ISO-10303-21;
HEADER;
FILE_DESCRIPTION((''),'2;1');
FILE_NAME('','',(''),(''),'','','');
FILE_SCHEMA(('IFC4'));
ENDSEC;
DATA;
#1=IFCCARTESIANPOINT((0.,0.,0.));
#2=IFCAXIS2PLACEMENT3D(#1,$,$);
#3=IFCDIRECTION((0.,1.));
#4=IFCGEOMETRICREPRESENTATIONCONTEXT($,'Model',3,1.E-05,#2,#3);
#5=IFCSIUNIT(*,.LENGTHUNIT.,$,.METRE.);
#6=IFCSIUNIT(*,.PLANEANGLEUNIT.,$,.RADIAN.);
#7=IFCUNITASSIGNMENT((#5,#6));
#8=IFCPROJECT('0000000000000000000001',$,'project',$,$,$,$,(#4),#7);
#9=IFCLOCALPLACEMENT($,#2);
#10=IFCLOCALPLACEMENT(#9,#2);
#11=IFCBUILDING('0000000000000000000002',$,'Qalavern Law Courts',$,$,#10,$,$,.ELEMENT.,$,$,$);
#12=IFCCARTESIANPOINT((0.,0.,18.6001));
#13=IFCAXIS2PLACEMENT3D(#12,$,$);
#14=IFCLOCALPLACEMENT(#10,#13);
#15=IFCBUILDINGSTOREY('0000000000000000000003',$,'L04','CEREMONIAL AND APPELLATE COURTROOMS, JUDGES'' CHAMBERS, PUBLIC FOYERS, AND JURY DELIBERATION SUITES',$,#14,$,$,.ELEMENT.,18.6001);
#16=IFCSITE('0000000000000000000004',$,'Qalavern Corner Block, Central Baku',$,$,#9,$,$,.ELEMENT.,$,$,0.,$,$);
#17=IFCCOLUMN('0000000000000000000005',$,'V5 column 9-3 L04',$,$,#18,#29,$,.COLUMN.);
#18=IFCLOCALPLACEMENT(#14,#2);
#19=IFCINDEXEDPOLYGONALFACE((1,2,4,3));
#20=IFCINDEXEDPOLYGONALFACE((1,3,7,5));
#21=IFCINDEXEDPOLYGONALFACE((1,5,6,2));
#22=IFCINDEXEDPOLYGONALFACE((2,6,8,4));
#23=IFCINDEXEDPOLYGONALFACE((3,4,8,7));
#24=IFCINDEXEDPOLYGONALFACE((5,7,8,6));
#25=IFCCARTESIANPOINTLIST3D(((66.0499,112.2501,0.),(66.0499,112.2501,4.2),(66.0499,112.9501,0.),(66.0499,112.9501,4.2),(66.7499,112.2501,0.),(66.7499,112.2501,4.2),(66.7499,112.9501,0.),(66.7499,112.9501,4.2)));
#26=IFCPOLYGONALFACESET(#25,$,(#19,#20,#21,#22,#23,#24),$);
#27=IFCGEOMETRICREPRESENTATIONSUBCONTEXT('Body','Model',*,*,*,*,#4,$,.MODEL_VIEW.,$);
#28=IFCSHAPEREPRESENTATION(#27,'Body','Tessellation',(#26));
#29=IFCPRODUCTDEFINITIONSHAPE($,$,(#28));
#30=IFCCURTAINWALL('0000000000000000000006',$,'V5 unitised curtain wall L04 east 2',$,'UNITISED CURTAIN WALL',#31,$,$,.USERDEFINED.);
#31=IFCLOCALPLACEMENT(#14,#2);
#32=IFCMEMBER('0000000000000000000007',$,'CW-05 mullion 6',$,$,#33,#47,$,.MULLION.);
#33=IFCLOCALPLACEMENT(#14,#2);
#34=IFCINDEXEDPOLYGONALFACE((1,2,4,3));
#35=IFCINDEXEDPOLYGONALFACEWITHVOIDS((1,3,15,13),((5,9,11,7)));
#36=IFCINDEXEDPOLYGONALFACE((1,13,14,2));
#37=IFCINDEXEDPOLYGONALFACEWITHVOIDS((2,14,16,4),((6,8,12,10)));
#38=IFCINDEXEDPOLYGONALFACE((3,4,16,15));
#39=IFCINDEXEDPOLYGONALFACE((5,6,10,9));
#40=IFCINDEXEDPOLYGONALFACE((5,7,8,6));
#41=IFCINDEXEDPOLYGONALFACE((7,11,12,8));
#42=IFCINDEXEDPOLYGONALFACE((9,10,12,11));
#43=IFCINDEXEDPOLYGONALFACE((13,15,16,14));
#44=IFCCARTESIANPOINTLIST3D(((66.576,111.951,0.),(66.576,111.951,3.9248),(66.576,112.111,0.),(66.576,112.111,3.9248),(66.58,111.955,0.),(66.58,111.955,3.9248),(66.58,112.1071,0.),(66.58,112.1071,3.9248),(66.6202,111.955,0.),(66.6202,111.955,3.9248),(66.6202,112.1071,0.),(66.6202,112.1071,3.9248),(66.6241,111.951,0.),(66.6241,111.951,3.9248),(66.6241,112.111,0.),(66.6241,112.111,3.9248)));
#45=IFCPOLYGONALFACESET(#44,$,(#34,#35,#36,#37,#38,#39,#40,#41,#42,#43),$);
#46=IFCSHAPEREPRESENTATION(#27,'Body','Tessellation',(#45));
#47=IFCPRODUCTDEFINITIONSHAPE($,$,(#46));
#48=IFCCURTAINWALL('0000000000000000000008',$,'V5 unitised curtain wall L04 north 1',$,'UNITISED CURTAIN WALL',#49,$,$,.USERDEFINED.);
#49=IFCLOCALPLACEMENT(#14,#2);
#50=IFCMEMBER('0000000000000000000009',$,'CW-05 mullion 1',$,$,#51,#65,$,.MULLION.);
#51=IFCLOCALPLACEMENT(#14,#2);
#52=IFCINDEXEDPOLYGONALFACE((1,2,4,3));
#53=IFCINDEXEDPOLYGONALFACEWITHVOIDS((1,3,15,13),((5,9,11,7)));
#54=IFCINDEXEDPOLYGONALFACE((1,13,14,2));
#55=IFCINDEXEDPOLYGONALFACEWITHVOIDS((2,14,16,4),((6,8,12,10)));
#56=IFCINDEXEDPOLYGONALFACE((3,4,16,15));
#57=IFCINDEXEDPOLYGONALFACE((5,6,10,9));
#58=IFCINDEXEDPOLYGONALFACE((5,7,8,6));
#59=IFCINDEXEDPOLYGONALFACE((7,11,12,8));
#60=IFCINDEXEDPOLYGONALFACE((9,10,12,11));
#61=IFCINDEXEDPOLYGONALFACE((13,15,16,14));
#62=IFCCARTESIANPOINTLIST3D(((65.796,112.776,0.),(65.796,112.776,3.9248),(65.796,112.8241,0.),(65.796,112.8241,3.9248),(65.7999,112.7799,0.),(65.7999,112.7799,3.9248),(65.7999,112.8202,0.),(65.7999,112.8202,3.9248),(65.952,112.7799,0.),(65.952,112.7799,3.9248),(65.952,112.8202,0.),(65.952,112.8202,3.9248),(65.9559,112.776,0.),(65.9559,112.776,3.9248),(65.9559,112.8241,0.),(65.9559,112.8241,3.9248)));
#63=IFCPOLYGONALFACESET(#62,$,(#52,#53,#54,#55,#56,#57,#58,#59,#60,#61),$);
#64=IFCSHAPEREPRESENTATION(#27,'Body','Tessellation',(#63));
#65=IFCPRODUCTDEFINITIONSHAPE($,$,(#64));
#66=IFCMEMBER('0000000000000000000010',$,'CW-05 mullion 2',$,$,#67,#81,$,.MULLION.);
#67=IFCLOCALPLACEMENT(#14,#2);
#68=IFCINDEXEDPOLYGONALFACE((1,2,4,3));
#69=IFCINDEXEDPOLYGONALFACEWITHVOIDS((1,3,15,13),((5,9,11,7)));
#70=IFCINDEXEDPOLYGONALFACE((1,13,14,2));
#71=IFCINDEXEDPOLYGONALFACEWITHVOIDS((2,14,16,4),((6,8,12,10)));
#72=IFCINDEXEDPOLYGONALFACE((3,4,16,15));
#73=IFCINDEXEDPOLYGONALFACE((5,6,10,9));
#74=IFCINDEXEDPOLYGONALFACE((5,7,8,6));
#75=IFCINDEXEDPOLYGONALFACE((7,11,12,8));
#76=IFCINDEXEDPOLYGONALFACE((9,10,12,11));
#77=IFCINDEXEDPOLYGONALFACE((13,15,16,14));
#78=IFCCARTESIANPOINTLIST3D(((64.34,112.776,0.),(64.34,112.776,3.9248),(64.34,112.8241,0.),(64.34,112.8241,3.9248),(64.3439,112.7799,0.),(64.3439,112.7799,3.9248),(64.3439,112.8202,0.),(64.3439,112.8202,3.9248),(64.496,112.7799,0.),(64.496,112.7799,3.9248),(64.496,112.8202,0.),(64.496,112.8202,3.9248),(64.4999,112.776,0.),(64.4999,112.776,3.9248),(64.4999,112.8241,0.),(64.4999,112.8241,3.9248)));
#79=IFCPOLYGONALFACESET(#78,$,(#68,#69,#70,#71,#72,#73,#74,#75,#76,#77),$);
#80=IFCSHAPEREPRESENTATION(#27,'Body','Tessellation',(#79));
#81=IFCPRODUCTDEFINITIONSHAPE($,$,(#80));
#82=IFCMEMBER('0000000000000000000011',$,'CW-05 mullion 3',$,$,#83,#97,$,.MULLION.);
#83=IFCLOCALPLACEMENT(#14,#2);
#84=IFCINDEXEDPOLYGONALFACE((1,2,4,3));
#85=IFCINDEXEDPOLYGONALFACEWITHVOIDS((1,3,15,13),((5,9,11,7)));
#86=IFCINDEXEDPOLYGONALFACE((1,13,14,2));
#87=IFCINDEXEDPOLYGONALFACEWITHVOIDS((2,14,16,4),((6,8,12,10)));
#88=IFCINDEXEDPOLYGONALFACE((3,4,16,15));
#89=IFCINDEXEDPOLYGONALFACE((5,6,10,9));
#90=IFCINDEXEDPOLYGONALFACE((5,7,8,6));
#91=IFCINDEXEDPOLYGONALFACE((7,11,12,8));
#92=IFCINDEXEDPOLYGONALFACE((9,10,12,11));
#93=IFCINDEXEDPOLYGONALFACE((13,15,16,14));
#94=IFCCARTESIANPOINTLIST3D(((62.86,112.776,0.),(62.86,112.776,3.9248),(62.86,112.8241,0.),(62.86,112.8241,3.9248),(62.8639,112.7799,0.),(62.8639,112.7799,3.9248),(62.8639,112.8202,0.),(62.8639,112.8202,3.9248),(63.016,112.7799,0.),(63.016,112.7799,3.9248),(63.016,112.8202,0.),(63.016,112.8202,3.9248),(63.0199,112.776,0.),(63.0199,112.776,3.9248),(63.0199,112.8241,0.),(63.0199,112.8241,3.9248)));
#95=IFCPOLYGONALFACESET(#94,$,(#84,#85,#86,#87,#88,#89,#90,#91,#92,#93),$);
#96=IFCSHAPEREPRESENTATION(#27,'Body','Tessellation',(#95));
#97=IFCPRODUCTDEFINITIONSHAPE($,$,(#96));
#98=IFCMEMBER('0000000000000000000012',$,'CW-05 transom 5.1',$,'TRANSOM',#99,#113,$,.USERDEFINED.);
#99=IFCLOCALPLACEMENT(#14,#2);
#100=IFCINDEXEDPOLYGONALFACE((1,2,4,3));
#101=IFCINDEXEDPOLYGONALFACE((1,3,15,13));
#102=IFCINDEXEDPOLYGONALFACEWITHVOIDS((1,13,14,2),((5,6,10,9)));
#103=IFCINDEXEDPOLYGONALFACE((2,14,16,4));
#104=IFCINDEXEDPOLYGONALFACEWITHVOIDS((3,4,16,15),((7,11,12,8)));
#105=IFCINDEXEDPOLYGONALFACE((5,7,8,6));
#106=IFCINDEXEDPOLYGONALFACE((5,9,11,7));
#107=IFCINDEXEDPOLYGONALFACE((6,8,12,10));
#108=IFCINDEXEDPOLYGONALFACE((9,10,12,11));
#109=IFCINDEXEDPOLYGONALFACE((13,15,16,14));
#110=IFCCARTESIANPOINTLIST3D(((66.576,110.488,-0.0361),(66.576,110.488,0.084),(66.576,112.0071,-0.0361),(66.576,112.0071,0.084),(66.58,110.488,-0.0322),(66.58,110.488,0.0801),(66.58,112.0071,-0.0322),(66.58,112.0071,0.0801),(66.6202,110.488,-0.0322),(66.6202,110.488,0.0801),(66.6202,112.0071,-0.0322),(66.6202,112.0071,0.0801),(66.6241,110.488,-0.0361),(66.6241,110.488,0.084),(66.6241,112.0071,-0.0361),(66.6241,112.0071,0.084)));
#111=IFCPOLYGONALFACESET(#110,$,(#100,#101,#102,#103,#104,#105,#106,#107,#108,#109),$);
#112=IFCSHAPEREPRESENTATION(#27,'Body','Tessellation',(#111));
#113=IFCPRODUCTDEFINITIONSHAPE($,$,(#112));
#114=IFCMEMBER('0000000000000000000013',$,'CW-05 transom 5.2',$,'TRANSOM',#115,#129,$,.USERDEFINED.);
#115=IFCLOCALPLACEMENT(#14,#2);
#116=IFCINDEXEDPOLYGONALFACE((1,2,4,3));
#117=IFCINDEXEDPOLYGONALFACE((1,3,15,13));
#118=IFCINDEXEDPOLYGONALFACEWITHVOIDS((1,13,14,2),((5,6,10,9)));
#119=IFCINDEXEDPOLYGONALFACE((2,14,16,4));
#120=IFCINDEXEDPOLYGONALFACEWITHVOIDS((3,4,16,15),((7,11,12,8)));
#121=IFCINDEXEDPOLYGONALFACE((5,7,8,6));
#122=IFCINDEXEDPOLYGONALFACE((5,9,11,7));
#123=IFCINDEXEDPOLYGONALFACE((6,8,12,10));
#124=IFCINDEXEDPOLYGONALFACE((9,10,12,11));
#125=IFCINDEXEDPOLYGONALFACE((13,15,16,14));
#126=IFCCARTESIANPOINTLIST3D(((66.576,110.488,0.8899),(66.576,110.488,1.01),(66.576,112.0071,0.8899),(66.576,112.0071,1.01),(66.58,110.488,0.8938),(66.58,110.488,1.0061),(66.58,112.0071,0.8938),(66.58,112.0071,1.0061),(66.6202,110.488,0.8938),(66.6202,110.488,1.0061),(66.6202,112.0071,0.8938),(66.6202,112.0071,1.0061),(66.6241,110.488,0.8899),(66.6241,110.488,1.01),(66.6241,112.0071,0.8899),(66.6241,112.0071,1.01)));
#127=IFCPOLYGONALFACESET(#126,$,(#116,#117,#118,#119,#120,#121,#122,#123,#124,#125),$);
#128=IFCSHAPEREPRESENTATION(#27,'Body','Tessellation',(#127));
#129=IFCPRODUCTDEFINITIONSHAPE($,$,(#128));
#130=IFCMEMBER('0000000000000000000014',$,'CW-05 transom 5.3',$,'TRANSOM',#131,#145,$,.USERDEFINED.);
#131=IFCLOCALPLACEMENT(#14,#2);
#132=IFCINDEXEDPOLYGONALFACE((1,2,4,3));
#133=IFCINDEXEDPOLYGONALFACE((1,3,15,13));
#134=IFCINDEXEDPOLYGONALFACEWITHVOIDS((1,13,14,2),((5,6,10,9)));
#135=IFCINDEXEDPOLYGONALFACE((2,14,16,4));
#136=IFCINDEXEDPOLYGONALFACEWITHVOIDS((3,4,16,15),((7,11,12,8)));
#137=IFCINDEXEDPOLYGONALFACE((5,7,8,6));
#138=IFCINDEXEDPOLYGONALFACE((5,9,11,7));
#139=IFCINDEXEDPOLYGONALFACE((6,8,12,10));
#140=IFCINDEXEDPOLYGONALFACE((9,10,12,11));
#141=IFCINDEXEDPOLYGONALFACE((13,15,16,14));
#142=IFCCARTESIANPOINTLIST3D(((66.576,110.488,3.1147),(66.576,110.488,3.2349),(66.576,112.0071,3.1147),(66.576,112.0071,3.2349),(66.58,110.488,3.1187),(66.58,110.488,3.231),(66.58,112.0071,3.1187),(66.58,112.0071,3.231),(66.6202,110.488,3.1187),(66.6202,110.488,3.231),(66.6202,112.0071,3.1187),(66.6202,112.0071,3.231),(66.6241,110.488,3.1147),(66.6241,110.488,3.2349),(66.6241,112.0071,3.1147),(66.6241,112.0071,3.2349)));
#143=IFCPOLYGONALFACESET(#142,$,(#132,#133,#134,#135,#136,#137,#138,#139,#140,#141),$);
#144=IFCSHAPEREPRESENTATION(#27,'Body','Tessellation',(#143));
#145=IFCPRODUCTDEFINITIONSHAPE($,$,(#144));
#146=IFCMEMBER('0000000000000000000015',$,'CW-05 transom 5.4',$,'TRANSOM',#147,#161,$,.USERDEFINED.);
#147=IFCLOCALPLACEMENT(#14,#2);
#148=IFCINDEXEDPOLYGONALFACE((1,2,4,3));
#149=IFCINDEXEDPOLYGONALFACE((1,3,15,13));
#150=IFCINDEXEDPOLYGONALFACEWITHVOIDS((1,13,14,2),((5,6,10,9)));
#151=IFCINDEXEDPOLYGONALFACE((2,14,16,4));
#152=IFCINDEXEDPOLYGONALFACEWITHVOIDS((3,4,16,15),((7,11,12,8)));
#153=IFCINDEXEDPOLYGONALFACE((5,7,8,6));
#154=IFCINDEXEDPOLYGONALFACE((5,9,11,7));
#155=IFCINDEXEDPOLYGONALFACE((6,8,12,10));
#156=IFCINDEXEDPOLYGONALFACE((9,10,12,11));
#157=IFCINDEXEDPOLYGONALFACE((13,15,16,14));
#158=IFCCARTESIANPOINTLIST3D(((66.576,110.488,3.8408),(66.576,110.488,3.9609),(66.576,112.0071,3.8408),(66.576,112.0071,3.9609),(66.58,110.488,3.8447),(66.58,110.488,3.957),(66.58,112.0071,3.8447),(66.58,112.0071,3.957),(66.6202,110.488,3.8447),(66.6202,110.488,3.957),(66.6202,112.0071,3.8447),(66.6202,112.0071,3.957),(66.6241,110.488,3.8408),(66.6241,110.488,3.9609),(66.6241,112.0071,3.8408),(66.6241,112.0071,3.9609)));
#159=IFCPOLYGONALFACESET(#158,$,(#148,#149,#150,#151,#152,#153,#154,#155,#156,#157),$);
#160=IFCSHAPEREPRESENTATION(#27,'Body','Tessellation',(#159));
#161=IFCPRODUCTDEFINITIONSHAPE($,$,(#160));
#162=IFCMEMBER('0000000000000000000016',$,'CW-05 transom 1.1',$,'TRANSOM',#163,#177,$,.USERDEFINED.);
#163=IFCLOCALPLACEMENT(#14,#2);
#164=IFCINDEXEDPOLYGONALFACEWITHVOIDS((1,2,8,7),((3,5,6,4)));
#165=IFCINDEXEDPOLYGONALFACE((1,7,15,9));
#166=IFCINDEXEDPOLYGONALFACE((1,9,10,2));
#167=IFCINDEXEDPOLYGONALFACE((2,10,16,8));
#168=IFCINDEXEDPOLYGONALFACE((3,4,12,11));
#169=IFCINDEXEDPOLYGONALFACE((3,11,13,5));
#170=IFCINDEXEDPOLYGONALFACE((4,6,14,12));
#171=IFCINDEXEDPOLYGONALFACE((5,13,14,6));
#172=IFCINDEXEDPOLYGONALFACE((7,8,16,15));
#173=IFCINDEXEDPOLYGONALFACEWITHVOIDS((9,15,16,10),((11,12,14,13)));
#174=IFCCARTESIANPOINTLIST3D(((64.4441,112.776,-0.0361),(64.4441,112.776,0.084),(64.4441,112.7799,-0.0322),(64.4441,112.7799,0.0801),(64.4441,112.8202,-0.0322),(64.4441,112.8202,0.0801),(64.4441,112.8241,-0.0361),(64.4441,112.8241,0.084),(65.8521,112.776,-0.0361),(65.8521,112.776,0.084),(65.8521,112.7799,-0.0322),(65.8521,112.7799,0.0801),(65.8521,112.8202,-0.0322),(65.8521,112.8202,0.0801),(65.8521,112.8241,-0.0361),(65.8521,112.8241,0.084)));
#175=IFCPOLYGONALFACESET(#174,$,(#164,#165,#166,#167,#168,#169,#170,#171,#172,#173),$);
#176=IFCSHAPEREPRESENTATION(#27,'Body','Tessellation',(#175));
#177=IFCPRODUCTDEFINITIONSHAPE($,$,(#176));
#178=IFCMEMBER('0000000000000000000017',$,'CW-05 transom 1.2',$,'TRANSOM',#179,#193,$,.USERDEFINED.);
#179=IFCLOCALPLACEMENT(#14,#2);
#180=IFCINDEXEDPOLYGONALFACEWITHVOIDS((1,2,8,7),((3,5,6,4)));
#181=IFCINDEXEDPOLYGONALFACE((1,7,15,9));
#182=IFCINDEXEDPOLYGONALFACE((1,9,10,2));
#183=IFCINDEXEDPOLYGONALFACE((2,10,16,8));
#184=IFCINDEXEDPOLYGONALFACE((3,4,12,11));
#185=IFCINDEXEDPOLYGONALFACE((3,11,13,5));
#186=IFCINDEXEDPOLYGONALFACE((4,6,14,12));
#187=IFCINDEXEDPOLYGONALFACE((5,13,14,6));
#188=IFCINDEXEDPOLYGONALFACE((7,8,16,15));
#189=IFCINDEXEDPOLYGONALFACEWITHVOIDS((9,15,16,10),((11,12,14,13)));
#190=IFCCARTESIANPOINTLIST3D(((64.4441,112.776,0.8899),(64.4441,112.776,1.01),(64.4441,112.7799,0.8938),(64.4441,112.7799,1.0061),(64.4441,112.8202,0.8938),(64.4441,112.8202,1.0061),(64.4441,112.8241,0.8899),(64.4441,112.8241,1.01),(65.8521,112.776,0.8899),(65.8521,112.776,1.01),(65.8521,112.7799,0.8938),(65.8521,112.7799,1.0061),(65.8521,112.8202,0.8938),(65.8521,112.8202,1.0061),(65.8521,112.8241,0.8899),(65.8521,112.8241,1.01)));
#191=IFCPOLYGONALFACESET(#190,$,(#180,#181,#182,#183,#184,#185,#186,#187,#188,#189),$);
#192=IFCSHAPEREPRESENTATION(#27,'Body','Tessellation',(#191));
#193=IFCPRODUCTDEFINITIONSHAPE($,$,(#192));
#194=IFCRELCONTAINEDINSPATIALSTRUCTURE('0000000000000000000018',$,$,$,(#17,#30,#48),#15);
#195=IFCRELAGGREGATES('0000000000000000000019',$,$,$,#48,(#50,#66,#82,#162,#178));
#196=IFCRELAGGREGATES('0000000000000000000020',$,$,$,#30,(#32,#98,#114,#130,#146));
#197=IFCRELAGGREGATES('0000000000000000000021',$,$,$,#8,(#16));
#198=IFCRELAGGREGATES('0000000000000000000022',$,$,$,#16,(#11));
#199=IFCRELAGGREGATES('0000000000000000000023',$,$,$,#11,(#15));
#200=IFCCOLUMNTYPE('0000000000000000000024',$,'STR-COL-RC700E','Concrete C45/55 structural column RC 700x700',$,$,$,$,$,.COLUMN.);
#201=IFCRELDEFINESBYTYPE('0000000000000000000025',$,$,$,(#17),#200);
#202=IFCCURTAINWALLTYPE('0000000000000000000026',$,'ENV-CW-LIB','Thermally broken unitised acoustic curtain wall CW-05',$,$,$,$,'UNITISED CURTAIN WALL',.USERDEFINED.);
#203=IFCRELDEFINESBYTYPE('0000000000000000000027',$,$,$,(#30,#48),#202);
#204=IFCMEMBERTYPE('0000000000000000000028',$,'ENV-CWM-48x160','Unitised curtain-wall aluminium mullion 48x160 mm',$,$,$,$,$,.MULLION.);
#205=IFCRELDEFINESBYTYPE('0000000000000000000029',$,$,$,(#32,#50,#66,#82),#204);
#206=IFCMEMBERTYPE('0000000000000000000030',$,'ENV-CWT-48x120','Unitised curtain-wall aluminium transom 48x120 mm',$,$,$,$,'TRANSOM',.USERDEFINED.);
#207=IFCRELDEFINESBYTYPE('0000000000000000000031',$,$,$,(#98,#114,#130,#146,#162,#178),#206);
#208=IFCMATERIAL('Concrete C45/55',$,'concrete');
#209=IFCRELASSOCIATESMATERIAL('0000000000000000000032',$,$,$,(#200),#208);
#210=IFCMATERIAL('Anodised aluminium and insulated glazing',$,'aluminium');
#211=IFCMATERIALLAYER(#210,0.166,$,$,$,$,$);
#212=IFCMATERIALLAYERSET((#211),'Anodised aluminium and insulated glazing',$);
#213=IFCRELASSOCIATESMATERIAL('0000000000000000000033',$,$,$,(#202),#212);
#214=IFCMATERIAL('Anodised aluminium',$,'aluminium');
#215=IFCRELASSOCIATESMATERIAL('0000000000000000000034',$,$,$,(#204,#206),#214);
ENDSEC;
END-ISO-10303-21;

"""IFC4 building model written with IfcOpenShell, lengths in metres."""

from ifc_helpers import new_model, si_unit, direction, frame, origin, origin_2d, place, context, subcontext, project, spatial, rectangle, hollow_rectangle, extrude, material, layer, layer_set, material_profile, profile_set, type_object, element, aggregate, save


model = new_model("IFC4")

# Units and contexts
model_context = context("Model", 3, precision=1e-05, world=origin(), true_north=direction((0.0, 1.0)))
body_context = subcontext(model_context, "Body", "Model", "MODEL_VIEW")
ifc_project = project(units=[si_unit("LENGTHUNIT", "METRE"), si_unit("PLANEANGLEUNIT", "RADIAN")], contexts=[model_context])

# Site, building, storey
site_placement = place(None, origin())
site = spatial("IfcSite", under=ifc_project, at=site_placement, Name="Qalavern Corner Block, Central Baku", CompositionType="ELEMENT", RefElevation=0.0)
building_placement = place(site_placement, origin())
building = spatial("IfcBuilding", under=site, at=building_placement, Name="Qalavern Law Courts", CompositionType="ELEMENT")
storey_placement = place(building_placement, frame((0.0, 0.0, 18.6001)))
storey = spatial("IfcBuildingStorey", under=building, at=storey_placement, Name="L04", Description="CEREMONIAL AND APPELLATE COURTROOMS, JUDGES' CHAMBERS, PUBLIC FOYERS, AND JURY DELIBERATION SUITES", CompositionType="ELEMENT", Elevation=18.6001)

# Column
ifc_material_1 = material(Name="Concrete C45/55", Category="concrete")
ifc_material_profile_1 = material_profile(ifc_material_1, rectangle(XDim=0.7, YDim=0.7, at=origin_2d()), Name="RC 700x700")
ifc_profile_set_1 = profile_set([ifc_material_profile_1], Name="Concrete C45/55")
column_type = type_object("IfcColumnType", Name="STR-COL-RC700E", Description="Concrete C45/55 structural column RC 700x700", PredefinedType="COLUMN", material=ifc_profile_set_1)
column_placement = place(storey_placement, frame((66.3999, 112.6001, 0.0), z_axis=(0.0, 0.0, 1.0), x_axis=(1.0, 0.0, 0.0)))
element("IfcColumn", 1, at=column_placement, inside=storey, type_object=column_type, Name="V5 column 9-3 L04", PredefinedType="COLUMN", context=body_context, shape_type="SweptSolid", body=[
    extrude(rectangle(XDim=0.7, YDim=0.7, at=origin_2d()), origin(), (0.0, 0.0, 1.0), 4.2),
])

# Curtain wall, member
ifc_material_2 = material(Name="Anodised aluminium and insulated glazing", Category="aluminium")
ifc_layer_1 = layer(ifc_material_2, 0.166)
ifc_layer_set_1 = layer_set([ifc_layer_1], Name="Anodised aluminium and insulated glazing")
curtain_wall_type = type_object("IfcCurtainWallType", Name="ENV-CW-LIB", Description="Thermally broken unitised acoustic curtain wall CW-05", ElementType="UNITISED CURTAIN WALL", PredefinedType="USERDEFINED", material=ifc_layer_set_1)
curtain_wall_1_placement = place(storey_placement, origin())
curtain_wall_1 = element("IfcCurtainWall", 2, at=curtain_wall_1_placement, inside=storey, type_object=curtain_wall_type, Name="V5 unitised curtain wall L04 east 2", ObjectType="UNITISED CURTAIN WALL", PredefinedType="USERDEFINED")
ifc_material_3 = material(Name="Anodised aluminium", Category="aluminium")
ifc_material_profile_2 = material_profile(ifc_material_3, hollow_rectangle(XDim=0.0481, YDim=0.1599, WallThickness=0.0039, at=origin_2d()), Name="ALU MULLION 48x160")
ifc_profile_set_2 = profile_set([ifc_material_profile_2], Name="Anodised aluminium")
member_type_1 = type_object("IfcMemberType", Name="ENV-CWM-48x160", Description="Unitised curtain-wall aluminium mullion 48x160 mm", PredefinedType="MULLION", material=ifc_profile_set_2)
member_1_placement = place(storey_placement, frame((66.6001, 112.031, 0.0), z_axis=(0.0, 0.0, 1.0), x_axis=(-1.0, 0.0, 0.0)))
member_1 = element("IfcMember", 3, at=member_1_placement, type_object=member_type_1, Name="CW-05 mullion 6", PredefinedType="MULLION", context=body_context, shape_type="SweptSolid", body=[
    extrude(hollow_rectangle(XDim=0.0481, YDim=0.1599, WallThickness=0.0039, at=origin_2d()), origin(), (0.0, 0.0, 1.0), 3.9248),
])

# Curtain wall, members
curtain_wall_2_placement = place(storey_placement, origin())
curtain_wall_2 = element("IfcCurtainWall", 4, at=curtain_wall_2_placement, inside=storey, type_object=curtain_wall_type, Name="V5 unitised curtain wall L04 north 1", ObjectType="UNITISED CURTAIN WALL", PredefinedType="USERDEFINED")
member_2_placement = place(storey_placement, frame((65.876, 112.8, 0.0), z_axis=(0.0, 0.0, 1.0), x_axis=(0.0, -1.0, 0.0)))
member_2 = element("IfcMember", 5, at=member_2_placement, type_object=member_type_1, Name="CW-05 mullion 1", PredefinedType="MULLION", context=body_context, shape_type="SweptSolid", body=[
    extrude(hollow_rectangle(XDim=0.0481, YDim=0.1599, WallThickness=0.0039, at=origin_2d()), origin(), (0.0, 0.0, 1.0), 3.9248),
])
member_3_placement = place(storey_placement, frame((64.4199, 112.8, 0.0), z_axis=(0.0, 0.0, 1.0), x_axis=(0.0, -1.0, 0.0)))
member_3 = element("IfcMember", 6, at=member_3_placement, type_object=member_type_1, Name="CW-05 mullion 2", PredefinedType="MULLION", context=body_context, shape_type="SweptSolid", body=[
    extrude(hollow_rectangle(XDim=0.0481, YDim=0.1599, WallThickness=0.0039, at=origin_2d()), origin(), (0.0, 0.0, 1.0), 3.9248),
])
member_4_placement = place(storey_placement, frame((62.9399, 112.8, 0.0), z_axis=(0.0, 0.0, 1.0), x_axis=(0.0, -1.0, 0.0)))
member_4 = element("IfcMember", 7, at=member_4_placement, type_object=member_type_1, Name="CW-05 mullion 3", PredefinedType="MULLION", context=body_context, shape_type="SweptSolid", body=[
    extrude(hollow_rectangle(XDim=0.0481, YDim=0.1599, WallThickness=0.0039, at=origin_2d()), origin(), (0.0, 0.0, 1.0), 3.9248),
])

# Members
ifc_material_profile_3 = material_profile(ifc_material_3, hollow_rectangle(XDim=0.0481, YDim=0.1201, WallThickness=0.0039, at=origin_2d()), Name="ALU TRANSOM 48x120")
ifc_profile_set_3 = profile_set([ifc_material_profile_3], Name="Anodised aluminium")
member_type_2 = type_object("IfcMemberType", Name="ENV-CWT-48x120", Description="Unitised curtain-wall aluminium transom 48x120 mm", ElementType="TRANSOM", PredefinedType="USERDEFINED", material=ifc_profile_set_3)
member_5_placement = place(storey_placement, frame((66.6001, 110.488, 0.0239), z_axis=(0.0, 1.0, 0.0), x_axis=(-1.0, 0.0, 0.0)))
member_5 = element("IfcMember", 8, at=member_5_placement, type_object=member_type_2, Name="CW-05 transom 5.1", ObjectType="TRANSOM", PredefinedType="USERDEFINED", context=body_context, shape_type="SweptSolid", body=[
    extrude(hollow_rectangle(XDim=0.0481, YDim=0.1201, WallThickness=0.0039, at=origin_2d()), origin(), (0.0, 0.0, 1.0), 1.519),
])
member_6_placement = place(storey_placement, frame((66.6001, 110.488, 0.95), z_axis=(0.0, 1.0, 0.0), x_axis=(-1.0, 0.0, 0.0)))
member_6 = element("IfcMember", 9, at=member_6_placement, type_object=member_type_2, Name="CW-05 transom 5.2", ObjectType="TRANSOM", PredefinedType="USERDEFINED", context=body_context, shape_type="SweptSolid", body=[
    extrude(hollow_rectangle(XDim=0.0481, YDim=0.1201, WallThickness=0.0039, at=origin_2d()), origin(), (0.0, 0.0, 1.0), 1.519),
])
member_7_placement = place(storey_placement, frame((66.6001, 110.488, 3.1748), z_axis=(0.0, 1.0, 0.0), x_axis=(-1.0, 0.0, 0.0)))
member_7 = element("IfcMember", 10, at=member_7_placement, type_object=member_type_2, Name="CW-05 transom 5.3", ObjectType="TRANSOM", PredefinedType="USERDEFINED", context=body_context, shape_type="SweptSolid", body=[
    extrude(hollow_rectangle(XDim=0.0481, YDim=0.1201, WallThickness=0.0039, at=origin_2d()), origin(), (0.0, 0.0, 1.0), 1.519),
])
member_8_placement = place(storey_placement, frame((66.6001, 110.488, 3.9009), z_axis=(0.0, 1.0, 0.0), x_axis=(-1.0, 0.0, 0.0)))
member_8 = element("IfcMember", 11, at=member_8_placement, type_object=member_type_2, Name="CW-05 transom 5.4", ObjectType="TRANSOM", PredefinedType="USERDEFINED", context=body_context, shape_type="SweptSolid", body=[
    extrude(hollow_rectangle(XDim=0.0481, YDim=0.1201, WallThickness=0.0039, at=origin_2d()), origin(), (0.0, 0.0, 1.0), 1.519),
])
member_9_placement = place(storey_placement, frame((65.8521, 112.8, 0.0239), z_axis=(-1.0, 0.0, 0.0), x_axis=(0.0, -1.0, 0.0)))
member_9 = element("IfcMember", 12, at=member_9_placement, type_object=member_type_2, Name="CW-05 transom 1.1", ObjectType="TRANSOM", PredefinedType="USERDEFINED", context=body_context, shape_type="SweptSolid", body=[
    extrude(hollow_rectangle(XDim=0.0481, YDim=0.1201, WallThickness=0.0039, at=origin_2d()), origin(), (0.0, 0.0, 1.0), 1.408),
])
member_10_placement = place(storey_placement, frame((65.8521, 112.8, 0.95), z_axis=(-1.0, 0.0, 0.0), x_axis=(0.0, -1.0, 0.0)))
member_10 = element("IfcMember", 13, at=member_10_placement, type_object=member_type_2, Name="CW-05 transom 1.2", ObjectType="TRANSOM", PredefinedType="USERDEFINED", context=body_context, shape_type="SweptSolid", body=[
    extrude(hollow_rectangle(XDim=0.0481, YDim=0.1201, WallThickness=0.0039, at=origin_2d()), origin(), (0.0, 0.0, 1.0), 1.408),
])

aggregate(curtain_wall_2, [member_2, member_3, member_4, member_9, member_10])
aggregate(curtain_wall_1, [member_1, member_5, member_6, member_7, member_8])

save(model, "model.ifc")
